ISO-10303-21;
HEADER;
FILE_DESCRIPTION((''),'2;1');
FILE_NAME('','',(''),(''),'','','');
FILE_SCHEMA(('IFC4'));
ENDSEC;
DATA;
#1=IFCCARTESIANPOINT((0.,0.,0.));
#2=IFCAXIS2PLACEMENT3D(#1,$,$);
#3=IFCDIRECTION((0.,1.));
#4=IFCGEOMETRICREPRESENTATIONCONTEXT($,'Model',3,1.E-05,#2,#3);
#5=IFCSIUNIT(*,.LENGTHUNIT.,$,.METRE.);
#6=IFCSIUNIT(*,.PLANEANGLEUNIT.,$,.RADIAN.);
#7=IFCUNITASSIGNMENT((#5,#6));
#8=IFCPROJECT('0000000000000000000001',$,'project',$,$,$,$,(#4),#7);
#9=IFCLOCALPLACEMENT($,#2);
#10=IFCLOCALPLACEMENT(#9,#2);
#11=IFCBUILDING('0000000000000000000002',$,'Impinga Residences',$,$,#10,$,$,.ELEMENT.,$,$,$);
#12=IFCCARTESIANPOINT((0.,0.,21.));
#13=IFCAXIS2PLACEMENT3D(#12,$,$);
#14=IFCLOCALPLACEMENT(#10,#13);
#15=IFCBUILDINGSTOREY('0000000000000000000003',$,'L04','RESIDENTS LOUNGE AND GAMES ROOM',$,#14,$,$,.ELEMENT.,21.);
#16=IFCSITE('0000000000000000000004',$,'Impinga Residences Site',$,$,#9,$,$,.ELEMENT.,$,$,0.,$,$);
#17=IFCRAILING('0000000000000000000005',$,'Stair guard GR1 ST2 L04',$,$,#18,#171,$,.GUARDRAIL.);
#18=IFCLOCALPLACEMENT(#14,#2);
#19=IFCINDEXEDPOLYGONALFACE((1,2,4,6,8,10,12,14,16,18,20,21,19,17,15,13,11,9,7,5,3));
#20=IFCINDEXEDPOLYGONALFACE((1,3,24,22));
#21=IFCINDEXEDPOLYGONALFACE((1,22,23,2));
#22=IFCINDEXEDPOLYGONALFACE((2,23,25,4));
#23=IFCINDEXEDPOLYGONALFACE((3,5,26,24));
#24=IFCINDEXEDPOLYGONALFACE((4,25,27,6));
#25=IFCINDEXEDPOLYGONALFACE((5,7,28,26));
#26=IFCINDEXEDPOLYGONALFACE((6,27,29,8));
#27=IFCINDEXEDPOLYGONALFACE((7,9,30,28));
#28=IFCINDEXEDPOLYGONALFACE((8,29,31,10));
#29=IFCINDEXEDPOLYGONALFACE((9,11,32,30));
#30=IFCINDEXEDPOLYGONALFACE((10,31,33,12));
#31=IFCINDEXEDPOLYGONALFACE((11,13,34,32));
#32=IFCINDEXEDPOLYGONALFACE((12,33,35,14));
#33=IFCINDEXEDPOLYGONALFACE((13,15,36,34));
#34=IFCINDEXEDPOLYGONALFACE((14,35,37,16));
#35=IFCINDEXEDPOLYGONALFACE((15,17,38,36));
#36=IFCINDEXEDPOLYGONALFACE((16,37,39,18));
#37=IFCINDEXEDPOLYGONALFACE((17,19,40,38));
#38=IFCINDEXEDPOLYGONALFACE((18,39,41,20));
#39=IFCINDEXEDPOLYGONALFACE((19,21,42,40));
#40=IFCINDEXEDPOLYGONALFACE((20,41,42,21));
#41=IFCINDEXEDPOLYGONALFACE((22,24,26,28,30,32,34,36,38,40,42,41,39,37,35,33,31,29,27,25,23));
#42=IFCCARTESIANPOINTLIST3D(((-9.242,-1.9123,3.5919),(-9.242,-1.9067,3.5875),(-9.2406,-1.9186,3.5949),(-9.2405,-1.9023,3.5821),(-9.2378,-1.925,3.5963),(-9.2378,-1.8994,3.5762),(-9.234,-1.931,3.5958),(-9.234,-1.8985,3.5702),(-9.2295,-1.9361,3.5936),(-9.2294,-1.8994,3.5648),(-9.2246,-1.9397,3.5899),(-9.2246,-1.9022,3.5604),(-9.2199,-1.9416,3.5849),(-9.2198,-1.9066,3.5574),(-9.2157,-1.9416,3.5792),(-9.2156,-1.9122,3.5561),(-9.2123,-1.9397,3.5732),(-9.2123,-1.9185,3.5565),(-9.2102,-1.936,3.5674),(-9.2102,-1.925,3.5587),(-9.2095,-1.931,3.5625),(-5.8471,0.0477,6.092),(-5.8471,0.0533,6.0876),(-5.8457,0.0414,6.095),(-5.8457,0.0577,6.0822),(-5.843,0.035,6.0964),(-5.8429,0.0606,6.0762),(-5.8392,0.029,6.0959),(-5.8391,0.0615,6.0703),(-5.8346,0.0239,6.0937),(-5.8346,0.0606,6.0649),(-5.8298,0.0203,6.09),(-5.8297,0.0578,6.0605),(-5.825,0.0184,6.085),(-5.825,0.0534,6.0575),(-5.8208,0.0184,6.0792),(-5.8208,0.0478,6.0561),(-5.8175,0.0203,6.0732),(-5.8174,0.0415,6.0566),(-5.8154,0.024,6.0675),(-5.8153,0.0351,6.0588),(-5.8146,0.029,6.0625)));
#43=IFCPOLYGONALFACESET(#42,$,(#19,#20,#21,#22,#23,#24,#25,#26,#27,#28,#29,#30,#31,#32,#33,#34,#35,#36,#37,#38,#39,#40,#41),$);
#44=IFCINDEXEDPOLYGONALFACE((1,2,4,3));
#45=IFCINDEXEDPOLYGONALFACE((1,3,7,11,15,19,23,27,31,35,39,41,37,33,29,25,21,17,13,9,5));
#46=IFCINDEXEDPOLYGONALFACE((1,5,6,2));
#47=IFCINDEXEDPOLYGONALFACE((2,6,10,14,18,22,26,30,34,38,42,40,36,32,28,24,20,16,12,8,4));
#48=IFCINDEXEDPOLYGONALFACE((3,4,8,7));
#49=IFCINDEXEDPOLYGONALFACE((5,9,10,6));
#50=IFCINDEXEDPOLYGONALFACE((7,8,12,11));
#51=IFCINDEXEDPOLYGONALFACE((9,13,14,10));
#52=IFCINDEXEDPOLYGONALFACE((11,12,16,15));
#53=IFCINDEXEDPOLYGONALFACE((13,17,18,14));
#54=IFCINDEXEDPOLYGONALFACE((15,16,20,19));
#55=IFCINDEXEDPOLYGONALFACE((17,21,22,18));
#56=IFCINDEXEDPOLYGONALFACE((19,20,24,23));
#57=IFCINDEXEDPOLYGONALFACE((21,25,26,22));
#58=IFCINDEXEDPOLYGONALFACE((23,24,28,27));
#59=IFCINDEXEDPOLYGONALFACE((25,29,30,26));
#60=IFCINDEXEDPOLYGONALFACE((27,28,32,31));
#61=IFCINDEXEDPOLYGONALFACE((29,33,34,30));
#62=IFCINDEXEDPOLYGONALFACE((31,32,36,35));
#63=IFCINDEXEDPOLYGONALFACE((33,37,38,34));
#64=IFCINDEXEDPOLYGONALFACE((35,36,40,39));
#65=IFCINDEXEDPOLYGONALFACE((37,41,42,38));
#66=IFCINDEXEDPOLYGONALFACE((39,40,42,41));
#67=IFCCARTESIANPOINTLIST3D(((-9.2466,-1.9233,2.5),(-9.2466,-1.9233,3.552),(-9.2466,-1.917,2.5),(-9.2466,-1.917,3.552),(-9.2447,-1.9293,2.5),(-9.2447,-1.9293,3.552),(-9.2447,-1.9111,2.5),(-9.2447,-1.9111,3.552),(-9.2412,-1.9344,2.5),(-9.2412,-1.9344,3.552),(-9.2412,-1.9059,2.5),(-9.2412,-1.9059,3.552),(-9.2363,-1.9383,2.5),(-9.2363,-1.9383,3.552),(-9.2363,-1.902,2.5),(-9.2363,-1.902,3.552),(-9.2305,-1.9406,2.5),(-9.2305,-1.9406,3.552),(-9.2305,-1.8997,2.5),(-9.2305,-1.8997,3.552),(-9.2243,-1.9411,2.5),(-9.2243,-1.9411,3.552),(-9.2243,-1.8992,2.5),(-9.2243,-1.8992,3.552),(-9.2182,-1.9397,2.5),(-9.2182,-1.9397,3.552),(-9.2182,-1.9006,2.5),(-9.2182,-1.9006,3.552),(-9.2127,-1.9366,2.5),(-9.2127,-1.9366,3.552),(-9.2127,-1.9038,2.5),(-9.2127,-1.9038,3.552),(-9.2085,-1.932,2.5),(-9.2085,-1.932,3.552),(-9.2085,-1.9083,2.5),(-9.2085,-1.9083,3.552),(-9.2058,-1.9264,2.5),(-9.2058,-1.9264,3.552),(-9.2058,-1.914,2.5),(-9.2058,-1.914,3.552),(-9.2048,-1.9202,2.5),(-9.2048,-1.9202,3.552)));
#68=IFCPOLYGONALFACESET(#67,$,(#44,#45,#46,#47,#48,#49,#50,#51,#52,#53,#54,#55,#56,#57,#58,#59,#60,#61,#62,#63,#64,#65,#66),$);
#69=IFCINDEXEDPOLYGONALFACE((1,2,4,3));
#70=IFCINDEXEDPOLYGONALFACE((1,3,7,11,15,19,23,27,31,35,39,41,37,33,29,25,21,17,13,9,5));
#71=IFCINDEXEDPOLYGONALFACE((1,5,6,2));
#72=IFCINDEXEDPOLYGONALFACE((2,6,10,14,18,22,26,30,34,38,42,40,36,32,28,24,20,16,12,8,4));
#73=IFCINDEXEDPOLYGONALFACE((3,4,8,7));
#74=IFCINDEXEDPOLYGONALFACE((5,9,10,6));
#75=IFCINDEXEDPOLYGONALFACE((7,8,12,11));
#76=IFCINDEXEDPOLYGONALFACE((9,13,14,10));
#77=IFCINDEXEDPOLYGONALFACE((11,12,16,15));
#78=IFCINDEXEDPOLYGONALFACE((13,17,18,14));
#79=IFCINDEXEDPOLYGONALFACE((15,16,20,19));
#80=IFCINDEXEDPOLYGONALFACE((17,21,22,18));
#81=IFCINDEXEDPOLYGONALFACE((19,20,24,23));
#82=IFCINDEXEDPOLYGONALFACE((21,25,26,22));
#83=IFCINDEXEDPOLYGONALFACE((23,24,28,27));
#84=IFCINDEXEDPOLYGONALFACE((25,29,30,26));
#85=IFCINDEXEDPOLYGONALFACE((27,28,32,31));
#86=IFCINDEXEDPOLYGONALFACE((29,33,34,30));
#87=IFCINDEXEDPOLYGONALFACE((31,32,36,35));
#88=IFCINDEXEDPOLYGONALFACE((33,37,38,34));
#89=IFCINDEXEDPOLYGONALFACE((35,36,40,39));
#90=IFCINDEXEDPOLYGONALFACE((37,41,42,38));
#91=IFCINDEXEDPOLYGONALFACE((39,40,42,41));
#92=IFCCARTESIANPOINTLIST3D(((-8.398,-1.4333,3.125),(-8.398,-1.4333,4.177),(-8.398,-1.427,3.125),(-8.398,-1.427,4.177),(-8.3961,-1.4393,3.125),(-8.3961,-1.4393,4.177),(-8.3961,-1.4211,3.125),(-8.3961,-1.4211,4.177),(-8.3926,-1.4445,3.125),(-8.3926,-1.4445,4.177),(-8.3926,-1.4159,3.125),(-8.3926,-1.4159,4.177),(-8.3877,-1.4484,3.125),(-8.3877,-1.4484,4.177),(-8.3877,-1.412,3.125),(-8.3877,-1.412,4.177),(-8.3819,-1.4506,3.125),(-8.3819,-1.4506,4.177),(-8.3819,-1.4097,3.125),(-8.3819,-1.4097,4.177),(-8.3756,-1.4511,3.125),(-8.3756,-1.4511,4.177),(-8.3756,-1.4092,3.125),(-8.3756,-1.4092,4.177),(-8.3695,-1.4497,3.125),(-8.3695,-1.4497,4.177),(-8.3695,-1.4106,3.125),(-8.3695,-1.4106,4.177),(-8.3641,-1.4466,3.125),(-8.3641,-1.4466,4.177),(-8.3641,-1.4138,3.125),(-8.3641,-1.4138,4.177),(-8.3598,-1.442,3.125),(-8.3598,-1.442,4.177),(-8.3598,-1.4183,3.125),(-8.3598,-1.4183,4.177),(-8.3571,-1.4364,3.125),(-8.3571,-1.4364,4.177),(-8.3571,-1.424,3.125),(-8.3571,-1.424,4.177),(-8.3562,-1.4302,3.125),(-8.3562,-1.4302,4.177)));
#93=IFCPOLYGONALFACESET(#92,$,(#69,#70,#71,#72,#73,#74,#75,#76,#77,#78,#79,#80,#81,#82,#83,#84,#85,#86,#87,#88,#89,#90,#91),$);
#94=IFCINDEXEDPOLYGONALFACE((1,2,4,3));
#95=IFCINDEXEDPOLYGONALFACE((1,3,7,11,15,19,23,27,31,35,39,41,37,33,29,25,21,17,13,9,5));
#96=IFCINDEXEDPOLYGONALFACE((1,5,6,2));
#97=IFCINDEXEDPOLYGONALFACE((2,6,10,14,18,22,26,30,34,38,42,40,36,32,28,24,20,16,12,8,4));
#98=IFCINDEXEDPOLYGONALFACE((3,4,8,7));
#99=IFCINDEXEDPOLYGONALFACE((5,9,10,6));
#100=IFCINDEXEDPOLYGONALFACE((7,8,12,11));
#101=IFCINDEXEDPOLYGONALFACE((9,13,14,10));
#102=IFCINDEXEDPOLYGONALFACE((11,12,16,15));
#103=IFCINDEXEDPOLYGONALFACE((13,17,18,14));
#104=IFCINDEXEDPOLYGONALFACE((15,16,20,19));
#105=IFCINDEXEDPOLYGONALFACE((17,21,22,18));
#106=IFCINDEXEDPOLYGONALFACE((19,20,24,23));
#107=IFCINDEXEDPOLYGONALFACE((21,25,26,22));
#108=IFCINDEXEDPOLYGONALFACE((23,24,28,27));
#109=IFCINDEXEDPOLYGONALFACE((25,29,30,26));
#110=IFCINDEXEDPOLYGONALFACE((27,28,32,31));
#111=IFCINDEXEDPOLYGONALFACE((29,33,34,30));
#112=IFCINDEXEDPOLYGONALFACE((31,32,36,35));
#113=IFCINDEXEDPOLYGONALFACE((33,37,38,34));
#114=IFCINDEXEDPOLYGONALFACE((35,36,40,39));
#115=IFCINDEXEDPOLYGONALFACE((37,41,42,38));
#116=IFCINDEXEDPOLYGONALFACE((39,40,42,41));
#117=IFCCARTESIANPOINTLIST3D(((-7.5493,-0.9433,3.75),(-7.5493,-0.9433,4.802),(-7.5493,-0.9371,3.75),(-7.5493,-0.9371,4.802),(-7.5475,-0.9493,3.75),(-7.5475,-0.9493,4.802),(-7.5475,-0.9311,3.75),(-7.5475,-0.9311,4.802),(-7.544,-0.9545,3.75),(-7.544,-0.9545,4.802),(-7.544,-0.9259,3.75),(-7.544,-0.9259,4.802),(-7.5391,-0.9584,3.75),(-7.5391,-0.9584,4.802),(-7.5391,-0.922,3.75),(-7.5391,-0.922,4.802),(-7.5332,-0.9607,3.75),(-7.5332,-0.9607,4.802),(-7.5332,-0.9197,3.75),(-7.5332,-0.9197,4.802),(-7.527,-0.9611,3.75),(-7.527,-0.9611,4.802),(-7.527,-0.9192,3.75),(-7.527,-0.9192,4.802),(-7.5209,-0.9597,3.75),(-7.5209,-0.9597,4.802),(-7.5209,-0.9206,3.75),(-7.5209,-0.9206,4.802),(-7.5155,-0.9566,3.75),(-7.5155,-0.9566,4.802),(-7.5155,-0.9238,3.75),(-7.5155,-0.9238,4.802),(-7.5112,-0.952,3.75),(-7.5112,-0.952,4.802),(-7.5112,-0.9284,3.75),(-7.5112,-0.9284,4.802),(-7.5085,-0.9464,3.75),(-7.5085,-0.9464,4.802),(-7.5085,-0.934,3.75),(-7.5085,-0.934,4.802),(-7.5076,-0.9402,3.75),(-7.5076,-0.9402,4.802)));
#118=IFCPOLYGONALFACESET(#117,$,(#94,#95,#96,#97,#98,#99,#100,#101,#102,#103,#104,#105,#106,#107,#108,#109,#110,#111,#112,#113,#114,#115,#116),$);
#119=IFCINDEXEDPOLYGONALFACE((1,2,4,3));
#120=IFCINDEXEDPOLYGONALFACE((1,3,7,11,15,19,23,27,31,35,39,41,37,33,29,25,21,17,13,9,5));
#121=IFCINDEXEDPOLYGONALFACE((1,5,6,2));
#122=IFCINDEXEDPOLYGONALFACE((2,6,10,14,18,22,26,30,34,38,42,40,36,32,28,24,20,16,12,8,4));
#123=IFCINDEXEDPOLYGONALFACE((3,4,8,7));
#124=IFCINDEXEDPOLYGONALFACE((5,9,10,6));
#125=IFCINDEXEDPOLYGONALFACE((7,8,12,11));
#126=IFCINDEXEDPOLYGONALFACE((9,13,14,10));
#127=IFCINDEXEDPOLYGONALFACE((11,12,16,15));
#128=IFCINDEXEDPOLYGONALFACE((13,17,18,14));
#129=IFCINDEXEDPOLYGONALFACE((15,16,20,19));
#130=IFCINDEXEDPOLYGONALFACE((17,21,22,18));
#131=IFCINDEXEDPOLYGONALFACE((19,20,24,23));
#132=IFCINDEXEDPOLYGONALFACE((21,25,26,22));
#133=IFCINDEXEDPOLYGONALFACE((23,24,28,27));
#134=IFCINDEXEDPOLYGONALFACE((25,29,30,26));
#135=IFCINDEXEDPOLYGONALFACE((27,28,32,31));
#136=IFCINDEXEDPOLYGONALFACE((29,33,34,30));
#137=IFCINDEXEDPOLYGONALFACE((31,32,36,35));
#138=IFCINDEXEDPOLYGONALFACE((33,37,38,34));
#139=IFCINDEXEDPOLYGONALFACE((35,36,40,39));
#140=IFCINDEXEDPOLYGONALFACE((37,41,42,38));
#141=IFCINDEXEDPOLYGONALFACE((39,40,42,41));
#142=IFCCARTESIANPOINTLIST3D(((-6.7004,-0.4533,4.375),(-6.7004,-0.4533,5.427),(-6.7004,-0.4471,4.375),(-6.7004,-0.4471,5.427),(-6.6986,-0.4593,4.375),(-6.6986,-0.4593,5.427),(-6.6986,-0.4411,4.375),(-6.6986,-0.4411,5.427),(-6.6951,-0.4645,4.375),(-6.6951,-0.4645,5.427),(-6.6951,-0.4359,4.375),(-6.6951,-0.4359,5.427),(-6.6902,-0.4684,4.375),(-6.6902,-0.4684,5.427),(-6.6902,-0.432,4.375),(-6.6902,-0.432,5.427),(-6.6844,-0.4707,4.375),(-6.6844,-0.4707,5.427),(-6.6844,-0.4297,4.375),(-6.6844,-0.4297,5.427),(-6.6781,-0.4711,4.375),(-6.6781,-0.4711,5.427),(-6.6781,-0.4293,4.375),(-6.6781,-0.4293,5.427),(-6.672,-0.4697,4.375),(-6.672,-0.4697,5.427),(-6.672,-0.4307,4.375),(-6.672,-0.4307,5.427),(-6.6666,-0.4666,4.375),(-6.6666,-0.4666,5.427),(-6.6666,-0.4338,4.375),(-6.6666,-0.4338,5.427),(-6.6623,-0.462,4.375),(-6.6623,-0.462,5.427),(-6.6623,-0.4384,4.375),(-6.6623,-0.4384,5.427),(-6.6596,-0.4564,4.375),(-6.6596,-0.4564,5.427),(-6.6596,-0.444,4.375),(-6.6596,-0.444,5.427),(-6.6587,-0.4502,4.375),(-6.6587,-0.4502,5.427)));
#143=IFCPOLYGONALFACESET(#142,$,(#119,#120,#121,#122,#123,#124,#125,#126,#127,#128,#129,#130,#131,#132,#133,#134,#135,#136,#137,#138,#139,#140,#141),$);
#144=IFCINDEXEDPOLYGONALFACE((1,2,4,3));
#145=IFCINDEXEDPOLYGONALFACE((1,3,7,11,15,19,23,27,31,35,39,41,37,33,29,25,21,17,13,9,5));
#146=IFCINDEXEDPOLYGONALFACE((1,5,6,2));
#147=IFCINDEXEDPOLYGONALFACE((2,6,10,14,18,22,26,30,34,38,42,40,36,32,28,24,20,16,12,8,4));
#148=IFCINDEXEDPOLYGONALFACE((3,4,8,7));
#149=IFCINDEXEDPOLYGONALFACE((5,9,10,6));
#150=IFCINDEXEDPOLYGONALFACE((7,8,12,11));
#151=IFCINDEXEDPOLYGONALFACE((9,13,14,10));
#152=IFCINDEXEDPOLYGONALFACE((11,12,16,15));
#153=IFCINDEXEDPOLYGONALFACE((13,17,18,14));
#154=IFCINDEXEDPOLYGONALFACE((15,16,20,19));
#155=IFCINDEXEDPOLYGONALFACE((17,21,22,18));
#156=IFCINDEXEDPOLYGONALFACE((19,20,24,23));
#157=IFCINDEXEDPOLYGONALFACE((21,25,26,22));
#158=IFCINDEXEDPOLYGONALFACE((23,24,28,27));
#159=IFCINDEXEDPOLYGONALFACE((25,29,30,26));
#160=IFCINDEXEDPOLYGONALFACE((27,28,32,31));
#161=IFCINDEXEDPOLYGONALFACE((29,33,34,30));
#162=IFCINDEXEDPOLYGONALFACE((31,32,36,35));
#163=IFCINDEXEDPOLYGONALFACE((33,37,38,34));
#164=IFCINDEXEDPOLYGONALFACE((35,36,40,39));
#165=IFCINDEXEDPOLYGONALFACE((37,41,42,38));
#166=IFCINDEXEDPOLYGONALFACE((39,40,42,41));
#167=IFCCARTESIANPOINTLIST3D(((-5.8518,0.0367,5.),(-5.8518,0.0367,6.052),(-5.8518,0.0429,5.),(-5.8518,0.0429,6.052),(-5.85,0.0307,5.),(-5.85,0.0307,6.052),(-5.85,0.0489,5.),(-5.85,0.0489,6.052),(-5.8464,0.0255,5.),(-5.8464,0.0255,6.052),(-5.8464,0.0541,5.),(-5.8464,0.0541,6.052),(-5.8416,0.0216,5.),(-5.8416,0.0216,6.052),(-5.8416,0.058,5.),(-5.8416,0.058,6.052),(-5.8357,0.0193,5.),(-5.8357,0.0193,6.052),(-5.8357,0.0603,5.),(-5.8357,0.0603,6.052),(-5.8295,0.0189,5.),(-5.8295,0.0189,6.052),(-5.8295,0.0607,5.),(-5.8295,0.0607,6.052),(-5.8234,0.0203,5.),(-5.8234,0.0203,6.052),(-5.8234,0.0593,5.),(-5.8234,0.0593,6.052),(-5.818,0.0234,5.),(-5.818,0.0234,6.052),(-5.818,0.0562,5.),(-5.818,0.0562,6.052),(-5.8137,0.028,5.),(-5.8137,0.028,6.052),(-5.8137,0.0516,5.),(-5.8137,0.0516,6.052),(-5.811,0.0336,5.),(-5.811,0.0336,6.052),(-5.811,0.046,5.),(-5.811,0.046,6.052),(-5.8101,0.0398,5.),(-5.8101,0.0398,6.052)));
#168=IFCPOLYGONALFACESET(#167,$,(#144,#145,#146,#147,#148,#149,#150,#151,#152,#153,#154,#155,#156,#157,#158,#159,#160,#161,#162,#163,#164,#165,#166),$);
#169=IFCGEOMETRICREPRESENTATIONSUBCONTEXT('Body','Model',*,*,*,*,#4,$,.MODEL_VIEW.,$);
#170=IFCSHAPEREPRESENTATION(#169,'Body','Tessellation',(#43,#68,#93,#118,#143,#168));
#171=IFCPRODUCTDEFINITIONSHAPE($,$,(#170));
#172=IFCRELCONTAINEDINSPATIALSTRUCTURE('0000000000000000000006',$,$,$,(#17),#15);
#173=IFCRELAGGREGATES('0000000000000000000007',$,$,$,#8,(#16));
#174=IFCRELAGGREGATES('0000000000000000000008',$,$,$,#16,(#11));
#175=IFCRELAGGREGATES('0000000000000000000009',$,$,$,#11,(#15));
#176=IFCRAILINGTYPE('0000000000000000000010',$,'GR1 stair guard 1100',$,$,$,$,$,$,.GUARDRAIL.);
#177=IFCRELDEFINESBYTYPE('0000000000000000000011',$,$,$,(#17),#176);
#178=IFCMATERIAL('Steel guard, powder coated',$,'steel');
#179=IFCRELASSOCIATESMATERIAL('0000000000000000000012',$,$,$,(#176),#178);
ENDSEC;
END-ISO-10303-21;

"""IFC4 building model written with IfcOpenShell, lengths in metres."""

from ifc_helpers import new_model, si_unit, direction, frame, origin, origin_2d, place, context, subcontext, project, spatial, circle, extrude, material, type_object, element, save


model = new_model("IFC4")

# Units and contexts
model_context = context("Model", 3, precision=1e-05, world=origin(), true_north=direction((0.0, 1.0)))
body_context = subcontext(model_context, "Body", "Model", "MODEL_VIEW")
ifc_project = project(units=[si_unit("LENGTHUNIT", "METRE"), si_unit("PLANEANGLEUNIT", "RADIAN")], contexts=[model_context])

# Site, building, storey
site_placement = place(None, origin())
site = spatial("IfcSite", under=ifc_project, at=site_placement, Name="Impinga Residences Site", CompositionType="ELEMENT", RefElevation=0.0)
building_placement = place(site_placement, origin())
building = spatial("IfcBuilding", under=site, at=building_placement, Name="Impinga Residences", CompositionType="ELEMENT")
storey_placement = place(building_placement, frame((0.0, 0.0, 21.0)))
storey = spatial("IfcBuildingStorey", under=building, at=storey_placement, Name="L04", Description="RESIDENTS LOUNGE AND GAMES ROOM", CompositionType="ELEMENT", Elevation=21.0)

# Railing
ifc_material_1 = material(Name="Steel guard, powder coated", Category="steel")
railing_type_1 = type_object("IfcRailingType", Name="GR1 stair guard 1100", PredefinedType="GUARDRAIL", material=ifc_material_1)
railing_1_placement = place(storey_placement, frame((-9.2258, -1.9202, 2.5)))
element("IfcRailing", 1, at=railing_1_placement, inside=storey, type_object=railing_type_1, Name="Stair guard GR1 ST2 L04", PredefinedType="GUARDRAIL", context=body_context, shape_type="SweptSolid", body=[
    extrude(circle(Radius=0.0239, at=origin_2d()), frame((0.0, 0.0, 1.0762), z_axis=(0.73017, 0.421561, 0.537716), x_axis=(-0.499997, 0.866027, 0.0)), (0.0, 0.0, 1.0), 4.6494),
    extrude(circle(Radius=0.021, at=origin_2d()), origin(), (0.0, 0.0, 1.0), 1.052),
    extrude(circle(Radius=0.021, at=origin_2d()), frame((0.8486, 0.49, 0.625)), (0.0, 0.0, 1.0), 1.052),
    extrude(circle(Radius=0.021, at=origin_2d()), frame((1.6973, 0.98, 1.25)), (0.0, 0.0, 1.0), 1.052),
    extrude(circle(Radius=0.021, at=origin_2d()), frame((2.5461, 1.47, 1.875)), (0.0, 0.0, 1.0), 1.052),
    extrude(circle(Radius=0.021, at=origin_2d()), frame((3.3948, 1.96, 2.5)), (0.0, 0.0, 1.0), 1.052),
])

save(model, "model.ifc")
